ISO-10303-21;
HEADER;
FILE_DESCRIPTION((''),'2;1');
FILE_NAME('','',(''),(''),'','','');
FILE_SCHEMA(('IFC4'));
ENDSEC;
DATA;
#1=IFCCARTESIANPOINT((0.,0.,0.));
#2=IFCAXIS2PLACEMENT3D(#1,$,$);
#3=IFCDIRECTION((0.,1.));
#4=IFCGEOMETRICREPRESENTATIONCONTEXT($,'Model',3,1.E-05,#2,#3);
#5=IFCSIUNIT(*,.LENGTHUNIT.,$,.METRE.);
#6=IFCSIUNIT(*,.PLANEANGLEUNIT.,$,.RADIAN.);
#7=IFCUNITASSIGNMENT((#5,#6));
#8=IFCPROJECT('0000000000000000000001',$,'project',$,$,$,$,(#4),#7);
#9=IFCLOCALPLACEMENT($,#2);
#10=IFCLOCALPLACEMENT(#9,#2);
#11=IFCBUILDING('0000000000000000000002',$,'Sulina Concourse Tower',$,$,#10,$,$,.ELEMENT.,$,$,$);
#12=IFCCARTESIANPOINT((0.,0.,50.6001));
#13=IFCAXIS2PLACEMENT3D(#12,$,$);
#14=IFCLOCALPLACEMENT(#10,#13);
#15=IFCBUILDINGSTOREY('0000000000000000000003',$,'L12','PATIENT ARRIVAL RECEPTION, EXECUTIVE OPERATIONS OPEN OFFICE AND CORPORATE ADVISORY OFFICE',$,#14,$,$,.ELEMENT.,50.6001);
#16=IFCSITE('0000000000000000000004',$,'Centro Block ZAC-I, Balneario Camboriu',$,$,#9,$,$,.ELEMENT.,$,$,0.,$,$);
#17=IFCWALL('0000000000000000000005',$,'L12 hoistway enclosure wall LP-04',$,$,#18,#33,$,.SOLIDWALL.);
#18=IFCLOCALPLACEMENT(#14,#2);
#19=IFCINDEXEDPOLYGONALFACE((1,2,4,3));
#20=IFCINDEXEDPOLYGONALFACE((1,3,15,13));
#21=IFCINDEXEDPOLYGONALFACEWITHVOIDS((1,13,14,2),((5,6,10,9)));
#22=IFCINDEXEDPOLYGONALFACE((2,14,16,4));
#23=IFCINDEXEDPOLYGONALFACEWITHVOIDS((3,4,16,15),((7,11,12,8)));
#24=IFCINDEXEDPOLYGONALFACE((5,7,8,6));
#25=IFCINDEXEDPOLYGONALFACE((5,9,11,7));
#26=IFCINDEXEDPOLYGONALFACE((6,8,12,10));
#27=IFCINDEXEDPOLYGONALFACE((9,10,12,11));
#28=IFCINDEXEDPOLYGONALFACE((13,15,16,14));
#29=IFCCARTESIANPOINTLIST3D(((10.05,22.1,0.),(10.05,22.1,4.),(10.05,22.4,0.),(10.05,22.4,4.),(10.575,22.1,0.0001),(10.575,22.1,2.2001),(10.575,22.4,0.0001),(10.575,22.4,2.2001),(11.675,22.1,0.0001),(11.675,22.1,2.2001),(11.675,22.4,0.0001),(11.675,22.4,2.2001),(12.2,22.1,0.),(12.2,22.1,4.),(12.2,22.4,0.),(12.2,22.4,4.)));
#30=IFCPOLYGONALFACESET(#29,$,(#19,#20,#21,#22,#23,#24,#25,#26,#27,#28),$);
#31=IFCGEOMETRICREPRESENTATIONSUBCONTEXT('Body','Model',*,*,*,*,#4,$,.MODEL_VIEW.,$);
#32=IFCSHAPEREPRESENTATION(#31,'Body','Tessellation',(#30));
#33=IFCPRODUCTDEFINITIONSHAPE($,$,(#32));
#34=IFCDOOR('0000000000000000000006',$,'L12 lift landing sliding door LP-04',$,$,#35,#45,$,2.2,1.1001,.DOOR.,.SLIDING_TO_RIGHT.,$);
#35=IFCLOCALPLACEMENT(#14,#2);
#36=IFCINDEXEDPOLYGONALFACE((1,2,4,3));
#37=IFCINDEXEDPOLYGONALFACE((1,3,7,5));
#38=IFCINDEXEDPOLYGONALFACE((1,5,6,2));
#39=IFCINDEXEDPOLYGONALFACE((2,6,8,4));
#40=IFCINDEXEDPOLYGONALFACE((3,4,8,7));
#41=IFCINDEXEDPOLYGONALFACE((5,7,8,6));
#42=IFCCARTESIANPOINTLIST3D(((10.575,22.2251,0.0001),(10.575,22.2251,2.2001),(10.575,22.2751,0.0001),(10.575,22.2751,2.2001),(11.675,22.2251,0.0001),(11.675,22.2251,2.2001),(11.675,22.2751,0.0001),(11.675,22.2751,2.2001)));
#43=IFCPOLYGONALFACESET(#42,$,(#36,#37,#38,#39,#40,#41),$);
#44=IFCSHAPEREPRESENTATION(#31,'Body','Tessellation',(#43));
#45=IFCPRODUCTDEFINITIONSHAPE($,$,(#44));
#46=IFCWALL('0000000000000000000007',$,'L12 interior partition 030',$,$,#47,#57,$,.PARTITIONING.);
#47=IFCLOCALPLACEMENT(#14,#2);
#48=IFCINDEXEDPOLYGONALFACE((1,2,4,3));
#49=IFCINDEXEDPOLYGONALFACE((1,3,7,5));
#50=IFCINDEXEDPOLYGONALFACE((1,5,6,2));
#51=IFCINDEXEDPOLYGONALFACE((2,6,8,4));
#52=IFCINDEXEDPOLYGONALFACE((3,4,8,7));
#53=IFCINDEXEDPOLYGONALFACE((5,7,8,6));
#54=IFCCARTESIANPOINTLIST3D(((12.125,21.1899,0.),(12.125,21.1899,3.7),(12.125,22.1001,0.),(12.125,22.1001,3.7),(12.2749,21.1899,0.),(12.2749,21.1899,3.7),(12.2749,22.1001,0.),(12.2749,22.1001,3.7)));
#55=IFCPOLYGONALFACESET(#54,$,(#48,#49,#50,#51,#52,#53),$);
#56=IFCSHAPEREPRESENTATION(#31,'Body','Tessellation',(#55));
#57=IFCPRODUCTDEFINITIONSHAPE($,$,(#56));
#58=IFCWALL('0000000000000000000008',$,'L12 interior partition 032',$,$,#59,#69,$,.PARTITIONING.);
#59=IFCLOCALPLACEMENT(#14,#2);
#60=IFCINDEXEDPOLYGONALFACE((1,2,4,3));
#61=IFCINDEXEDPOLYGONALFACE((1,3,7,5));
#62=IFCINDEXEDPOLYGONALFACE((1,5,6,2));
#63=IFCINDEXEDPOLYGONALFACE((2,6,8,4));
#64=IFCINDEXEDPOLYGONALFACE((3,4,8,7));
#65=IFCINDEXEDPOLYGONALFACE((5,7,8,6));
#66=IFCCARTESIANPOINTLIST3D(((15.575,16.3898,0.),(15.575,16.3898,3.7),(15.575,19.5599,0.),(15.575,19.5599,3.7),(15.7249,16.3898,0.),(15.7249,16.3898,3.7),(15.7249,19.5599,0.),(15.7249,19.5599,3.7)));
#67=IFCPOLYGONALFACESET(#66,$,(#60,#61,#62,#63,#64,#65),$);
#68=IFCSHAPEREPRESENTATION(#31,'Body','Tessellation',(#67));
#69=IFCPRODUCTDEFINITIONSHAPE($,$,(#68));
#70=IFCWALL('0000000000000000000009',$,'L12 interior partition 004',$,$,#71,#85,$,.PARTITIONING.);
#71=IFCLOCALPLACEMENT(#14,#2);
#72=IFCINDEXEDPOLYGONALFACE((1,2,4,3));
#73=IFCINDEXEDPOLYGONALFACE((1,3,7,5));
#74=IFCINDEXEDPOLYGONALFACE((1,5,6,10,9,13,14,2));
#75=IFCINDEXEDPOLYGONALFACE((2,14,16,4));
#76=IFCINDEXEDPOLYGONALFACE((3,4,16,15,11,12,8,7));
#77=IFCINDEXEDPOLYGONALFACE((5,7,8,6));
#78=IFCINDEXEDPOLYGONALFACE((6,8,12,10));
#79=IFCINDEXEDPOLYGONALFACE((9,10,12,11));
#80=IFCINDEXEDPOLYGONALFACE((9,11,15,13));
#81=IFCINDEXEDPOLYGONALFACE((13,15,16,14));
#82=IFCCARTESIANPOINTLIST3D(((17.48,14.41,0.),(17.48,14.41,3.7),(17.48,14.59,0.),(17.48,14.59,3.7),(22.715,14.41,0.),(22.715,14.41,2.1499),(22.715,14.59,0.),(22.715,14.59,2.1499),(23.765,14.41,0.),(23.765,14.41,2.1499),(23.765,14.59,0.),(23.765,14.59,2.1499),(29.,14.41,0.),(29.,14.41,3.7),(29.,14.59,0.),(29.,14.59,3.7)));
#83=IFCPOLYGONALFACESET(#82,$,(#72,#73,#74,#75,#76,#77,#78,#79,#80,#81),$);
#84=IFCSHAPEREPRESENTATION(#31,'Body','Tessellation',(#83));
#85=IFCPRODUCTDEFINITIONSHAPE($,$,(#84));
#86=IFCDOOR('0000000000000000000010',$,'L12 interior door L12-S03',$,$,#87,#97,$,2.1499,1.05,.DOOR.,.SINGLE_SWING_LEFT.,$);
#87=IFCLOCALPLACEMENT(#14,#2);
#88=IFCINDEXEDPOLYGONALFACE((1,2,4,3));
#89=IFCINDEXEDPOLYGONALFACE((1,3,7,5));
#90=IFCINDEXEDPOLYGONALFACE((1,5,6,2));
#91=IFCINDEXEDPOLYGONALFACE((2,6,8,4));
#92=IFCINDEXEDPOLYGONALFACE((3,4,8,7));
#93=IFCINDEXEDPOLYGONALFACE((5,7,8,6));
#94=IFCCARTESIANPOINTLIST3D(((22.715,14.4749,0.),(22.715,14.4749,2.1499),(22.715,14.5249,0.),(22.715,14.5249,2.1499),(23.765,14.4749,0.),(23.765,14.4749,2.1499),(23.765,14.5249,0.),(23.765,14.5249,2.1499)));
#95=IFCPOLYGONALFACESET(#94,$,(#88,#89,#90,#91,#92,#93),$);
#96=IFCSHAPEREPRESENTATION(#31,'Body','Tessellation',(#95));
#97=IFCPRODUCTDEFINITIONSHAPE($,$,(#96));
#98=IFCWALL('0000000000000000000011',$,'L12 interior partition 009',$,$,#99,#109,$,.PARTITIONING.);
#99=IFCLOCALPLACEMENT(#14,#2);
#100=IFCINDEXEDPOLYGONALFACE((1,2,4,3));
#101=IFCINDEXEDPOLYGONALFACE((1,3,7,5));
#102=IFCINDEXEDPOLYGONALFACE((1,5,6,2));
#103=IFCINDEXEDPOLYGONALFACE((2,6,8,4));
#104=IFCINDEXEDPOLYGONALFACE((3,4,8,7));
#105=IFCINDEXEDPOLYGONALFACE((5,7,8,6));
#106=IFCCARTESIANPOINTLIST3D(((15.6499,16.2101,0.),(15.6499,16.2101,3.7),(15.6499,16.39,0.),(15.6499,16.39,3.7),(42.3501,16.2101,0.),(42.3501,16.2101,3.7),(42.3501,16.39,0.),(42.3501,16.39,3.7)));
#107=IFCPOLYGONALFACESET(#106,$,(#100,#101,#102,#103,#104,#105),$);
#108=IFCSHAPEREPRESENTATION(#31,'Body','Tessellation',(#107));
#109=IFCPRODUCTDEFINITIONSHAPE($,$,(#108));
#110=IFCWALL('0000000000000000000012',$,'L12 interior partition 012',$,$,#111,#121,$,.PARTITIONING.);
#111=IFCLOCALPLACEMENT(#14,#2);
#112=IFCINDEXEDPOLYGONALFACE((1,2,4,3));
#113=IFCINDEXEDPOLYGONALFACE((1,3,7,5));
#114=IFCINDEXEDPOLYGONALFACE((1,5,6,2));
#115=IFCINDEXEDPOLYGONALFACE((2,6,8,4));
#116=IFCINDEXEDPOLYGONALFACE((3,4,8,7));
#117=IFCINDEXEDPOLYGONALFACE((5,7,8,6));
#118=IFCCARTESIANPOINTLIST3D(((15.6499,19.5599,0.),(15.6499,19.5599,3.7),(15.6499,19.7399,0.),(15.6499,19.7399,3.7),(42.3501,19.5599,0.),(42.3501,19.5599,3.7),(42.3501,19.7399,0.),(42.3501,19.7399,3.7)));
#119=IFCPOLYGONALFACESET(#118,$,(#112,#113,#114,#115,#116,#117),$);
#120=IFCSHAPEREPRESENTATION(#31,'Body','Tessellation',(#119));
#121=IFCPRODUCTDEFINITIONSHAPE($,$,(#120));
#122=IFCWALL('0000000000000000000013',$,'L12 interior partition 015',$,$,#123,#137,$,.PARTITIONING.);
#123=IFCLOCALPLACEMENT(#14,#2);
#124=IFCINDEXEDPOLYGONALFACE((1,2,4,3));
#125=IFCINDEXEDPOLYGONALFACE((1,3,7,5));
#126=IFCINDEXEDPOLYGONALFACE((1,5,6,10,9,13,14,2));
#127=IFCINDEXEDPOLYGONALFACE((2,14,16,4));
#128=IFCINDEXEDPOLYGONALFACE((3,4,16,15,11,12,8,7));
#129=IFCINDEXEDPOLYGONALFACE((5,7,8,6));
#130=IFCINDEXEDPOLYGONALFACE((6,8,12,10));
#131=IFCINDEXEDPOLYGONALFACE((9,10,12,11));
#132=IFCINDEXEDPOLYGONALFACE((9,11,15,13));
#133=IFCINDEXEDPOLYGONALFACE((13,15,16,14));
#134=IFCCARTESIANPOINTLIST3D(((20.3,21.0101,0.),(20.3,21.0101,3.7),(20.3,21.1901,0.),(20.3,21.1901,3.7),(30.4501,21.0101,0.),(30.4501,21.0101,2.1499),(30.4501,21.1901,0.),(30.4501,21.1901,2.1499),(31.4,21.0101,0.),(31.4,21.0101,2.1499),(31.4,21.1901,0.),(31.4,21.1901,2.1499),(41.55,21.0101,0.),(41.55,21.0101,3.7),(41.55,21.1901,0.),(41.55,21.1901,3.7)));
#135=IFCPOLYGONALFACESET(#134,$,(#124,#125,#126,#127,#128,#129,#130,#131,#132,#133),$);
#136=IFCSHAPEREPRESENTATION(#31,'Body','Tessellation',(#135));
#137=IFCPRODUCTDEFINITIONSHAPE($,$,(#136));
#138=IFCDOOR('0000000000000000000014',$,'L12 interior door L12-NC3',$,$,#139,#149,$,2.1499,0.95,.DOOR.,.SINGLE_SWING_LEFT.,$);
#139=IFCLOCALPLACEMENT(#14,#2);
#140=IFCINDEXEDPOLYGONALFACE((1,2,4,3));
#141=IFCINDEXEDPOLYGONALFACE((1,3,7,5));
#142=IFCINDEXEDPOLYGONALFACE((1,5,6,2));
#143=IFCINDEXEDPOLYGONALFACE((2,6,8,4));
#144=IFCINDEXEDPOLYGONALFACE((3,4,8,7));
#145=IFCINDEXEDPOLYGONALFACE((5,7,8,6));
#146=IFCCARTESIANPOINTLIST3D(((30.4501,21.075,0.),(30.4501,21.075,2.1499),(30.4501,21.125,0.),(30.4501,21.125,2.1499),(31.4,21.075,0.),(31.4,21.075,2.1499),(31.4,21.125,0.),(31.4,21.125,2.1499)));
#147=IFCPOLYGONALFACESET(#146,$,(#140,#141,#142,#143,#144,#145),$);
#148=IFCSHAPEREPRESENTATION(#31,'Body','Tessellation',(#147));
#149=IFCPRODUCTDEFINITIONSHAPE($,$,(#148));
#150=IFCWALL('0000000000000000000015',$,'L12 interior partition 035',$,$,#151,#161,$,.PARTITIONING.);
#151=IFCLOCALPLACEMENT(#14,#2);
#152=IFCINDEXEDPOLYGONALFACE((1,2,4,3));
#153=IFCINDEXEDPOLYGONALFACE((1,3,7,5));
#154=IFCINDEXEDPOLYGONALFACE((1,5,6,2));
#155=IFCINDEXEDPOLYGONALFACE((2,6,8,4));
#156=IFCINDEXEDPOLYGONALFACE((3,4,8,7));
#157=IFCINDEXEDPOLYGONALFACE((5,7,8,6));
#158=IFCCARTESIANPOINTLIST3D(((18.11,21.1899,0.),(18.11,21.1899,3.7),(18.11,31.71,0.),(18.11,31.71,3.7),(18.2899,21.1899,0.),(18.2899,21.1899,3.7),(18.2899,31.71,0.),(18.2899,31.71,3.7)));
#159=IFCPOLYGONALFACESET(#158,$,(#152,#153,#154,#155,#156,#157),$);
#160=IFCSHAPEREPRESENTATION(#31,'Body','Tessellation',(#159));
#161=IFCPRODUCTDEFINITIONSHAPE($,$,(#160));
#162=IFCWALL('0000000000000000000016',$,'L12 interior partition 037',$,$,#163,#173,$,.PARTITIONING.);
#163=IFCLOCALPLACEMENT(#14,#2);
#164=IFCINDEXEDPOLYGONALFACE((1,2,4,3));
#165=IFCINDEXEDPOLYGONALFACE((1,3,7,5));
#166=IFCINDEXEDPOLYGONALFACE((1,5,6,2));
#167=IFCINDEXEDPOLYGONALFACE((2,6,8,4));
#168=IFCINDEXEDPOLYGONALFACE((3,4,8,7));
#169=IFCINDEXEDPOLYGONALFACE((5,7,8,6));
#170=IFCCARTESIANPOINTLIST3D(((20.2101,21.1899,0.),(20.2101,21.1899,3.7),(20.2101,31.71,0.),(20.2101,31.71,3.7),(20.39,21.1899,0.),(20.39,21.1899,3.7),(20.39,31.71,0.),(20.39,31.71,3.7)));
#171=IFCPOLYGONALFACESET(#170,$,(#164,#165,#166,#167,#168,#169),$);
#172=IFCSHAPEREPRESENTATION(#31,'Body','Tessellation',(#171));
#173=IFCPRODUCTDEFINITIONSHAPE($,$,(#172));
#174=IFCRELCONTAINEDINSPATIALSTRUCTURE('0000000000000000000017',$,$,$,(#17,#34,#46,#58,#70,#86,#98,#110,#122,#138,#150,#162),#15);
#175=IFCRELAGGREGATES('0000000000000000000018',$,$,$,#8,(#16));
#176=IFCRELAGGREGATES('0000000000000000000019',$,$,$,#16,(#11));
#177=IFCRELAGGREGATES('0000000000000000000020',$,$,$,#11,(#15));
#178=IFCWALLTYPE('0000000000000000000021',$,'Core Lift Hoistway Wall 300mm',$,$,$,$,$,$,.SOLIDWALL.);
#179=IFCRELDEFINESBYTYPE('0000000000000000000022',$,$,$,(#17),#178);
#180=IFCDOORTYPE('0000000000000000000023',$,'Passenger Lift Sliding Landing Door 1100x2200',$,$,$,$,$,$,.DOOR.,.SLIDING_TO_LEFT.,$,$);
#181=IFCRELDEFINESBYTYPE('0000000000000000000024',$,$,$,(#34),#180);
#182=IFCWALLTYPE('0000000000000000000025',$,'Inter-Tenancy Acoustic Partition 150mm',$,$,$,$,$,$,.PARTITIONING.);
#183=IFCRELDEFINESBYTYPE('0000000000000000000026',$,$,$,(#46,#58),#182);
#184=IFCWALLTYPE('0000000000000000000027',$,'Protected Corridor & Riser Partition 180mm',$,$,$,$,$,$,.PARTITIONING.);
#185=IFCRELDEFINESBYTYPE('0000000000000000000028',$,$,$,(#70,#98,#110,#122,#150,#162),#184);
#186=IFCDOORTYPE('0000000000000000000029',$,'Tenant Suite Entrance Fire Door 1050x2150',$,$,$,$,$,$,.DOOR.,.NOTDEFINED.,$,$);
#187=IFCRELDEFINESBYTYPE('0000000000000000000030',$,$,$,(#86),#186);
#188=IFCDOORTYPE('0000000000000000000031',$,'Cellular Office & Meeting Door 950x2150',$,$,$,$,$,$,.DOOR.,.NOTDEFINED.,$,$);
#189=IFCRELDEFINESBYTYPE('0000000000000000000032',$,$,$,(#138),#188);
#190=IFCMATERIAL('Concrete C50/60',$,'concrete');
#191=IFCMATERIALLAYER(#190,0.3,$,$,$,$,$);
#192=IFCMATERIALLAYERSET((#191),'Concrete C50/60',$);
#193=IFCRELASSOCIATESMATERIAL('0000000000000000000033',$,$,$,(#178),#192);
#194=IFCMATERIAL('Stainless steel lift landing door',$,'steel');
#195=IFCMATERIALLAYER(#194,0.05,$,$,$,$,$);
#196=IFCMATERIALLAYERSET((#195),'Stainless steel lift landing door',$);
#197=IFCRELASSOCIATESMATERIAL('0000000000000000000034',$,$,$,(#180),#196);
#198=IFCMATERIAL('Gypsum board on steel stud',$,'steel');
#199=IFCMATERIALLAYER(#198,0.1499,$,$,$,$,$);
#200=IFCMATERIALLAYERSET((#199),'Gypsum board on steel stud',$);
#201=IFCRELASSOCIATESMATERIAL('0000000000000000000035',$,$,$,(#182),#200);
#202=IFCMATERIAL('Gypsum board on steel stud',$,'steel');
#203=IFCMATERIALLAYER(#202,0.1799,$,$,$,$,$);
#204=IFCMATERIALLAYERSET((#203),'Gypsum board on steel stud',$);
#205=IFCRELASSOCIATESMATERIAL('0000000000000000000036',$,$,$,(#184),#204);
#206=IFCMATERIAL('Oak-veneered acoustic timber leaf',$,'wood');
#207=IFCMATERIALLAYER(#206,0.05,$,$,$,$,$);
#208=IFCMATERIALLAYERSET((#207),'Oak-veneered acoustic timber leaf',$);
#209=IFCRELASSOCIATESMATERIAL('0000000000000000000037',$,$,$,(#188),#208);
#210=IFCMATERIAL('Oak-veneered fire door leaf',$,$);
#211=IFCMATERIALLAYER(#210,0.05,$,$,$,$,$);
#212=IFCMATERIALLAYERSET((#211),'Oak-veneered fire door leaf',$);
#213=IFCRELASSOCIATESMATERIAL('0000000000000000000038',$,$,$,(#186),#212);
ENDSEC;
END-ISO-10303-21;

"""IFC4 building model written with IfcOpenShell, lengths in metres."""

from ifc_helpers import new_model, si_unit, direction, frame, frame_2d, origin, place, context, subcontext, project, spatial, rectangle, extrude, material, layer, layer_set, type_object, element, fill, save


model = new_model("IFC4")

# Units and contexts
model_context = context("Model", 3, precision=1e-05, world=origin(), true_north=direction((0.0, 1.0)))
body_context = subcontext(model_context, "Body", "Model", "MODEL_VIEW")
ifc_project = project(units=[si_unit("LENGTHUNIT", "METRE"), si_unit("PLANEANGLEUNIT", "RADIAN")], contexts=[model_context])

# Site, building, storey
site_placement = place(None, origin())
site = spatial("IfcSite", under=ifc_project, at=site_placement, Name="Centro Block ZAC-I, Balneario Camboriu", CompositionType="ELEMENT", RefElevation=0.0)
building_placement = place(site_placement, origin())
building = spatial("IfcBuilding", under=site, at=building_placement, Name="Sulina Concourse Tower", CompositionType="ELEMENT")
storey_placement = place(building_placement, frame((0.0, 0.0, 50.6001)))
storey = spatial("IfcBuildingStorey", under=building, at=storey_placement, Name="L12", Description="PATIENT ARRIVAL RECEPTION, EXECUTIVE OPERATIONS OPEN OFFICE AND CORPORATE ADVISORY OFFICE", CompositionType="ELEMENT", Elevation=50.6001)

# Wall, opening, door
ifc_material_1 = material(Name="Concrete C50/60", Category="concrete")
ifc_layer_1 = layer(ifc_material_1, 0.3)
ifc_layer_set_1 = layer_set([ifc_layer_1], Name="Concrete C50/60")
wall_type_1 = type_object("IfcWallType", Name="Core Lift Hoistway Wall 300mm", PredefinedType="SOLIDWALL", material=ifc_layer_set_1)
wall_1_placement = place(storey_placement, frame((12.2, 22.25, 0.0), z_axis=(0.0, 0.0, 1.0), x_axis=(-1.0, 0.0, 0.0)))
wall_1 = element("IfcWall", 1, at=wall_1_placement, inside=storey, type_object=wall_type_1, Name="L12 hoistway enclosure wall LP-04", PredefinedType="SOLIDWALL", context=body_context, shape_type="SweptSolid", body=[
    extrude(rectangle(XDim=2.1499, YDim=0.3, at=frame_2d((1.075, 0.0))), origin(), (0.0, 0.0, 1.0), 4.0),
])
opening_1_placement = place(wall_1_placement, frame((0.5249, 0.0, 0.0)))
opening_1 = element("IfcOpeningElement", 2, at=opening_1_placement, cuts=wall_1, PredefinedType="OPENING", context=body_context, shape_type="SweptSolid", body=[
    extrude(rectangle(XDim=1.1001, YDim=2.2, at=frame_2d((0.55, 1.1001))), frame((0.0, 0.1599, 0.0), z_axis=(0.0, -1.0, 0.0), x_axis=(1.0, 0.0, 0.0)), (0.0, 0.0, 1.0), 0.3201),
])
ifc_material_2 = material(Name="Stainless steel lift landing door", Category="steel")
ifc_layer_2 = layer(ifc_material_2, 0.05)
ifc_layer_set_2 = layer_set([ifc_layer_2], Name="Stainless steel lift landing door")
door_type_1 = type_object("IfcDoorType", Name="Passenger Lift Sliding Landing Door 1100x2200", OperationType="SLIDING_TO_LEFT", PredefinedType="DOOR", material=ifc_layer_set_2)
door_1_placement = place(opening_1_placement, origin())
door_1 = element("IfcDoor", 3, at=door_1_placement, inside=storey, type_object=door_type_1, Name="L12 lift landing sliding door LP-04", OperationType="SLIDING_TO_RIGHT", OverallHeight=2.2, OverallWidth=1.1001, PredefinedType="DOOR", context=body_context, shape_type="SweptSolid", body=[
    extrude(rectangle(XDim=1.1001, YDim=2.2, at=frame_2d((0.55, 1.1001))), frame((0.0, 0.0249, 0.0), z_axis=(0.0, -1.0, 0.0), x_axis=(1.0, 0.0, 0.0)), (0.0, 0.0, 1.0), 0.05),
])
fill(opening_1, door_1)

# Walls
ifc_material_3 = material(Name="Gypsum board on steel stud", Category="steel")
ifc_layer_3 = layer(ifc_material_3, 0.1499)
ifc_layer_set_3 = layer_set([ifc_layer_3], Name="Gypsum board on steel stud")
wall_type_2 = type_object("IfcWallType", Name="Inter-Tenancy Acoustic Partition 150mm", PredefinedType="PARTITIONING", material=ifc_layer_set_3)
wall_2_placement = place(storey_placement, frame((12.2, 21.1899, 0.0), z_axis=(0.0, 0.0, 1.0), x_axis=(0.0, 1.0, 0.0)))
element("IfcWall", 4, at=wall_2_placement, inside=storey, type_object=wall_type_2, Name="L12 interior partition 030", PredefinedType="PARTITIONING", context=body_context, shape_type="SweptSolid", body=[
    extrude(rectangle(XDim=0.9102, YDim=0.1499, at=frame_2d((0.4551, 0.0))), origin(), (0.0, 0.0, 1.0), 3.7),
])
wall_3_placement = place(storey_placement, frame((15.6499, 16.3899, 0.0), z_axis=(0.0, 0.0, 1.0), x_axis=(0.0, 1.0, 0.0)))
element("IfcWall", 5, at=wall_3_placement, inside=storey, type_object=wall_type_2, Name="L12 interior partition 032", PredefinedType="PARTITIONING", context=body_context, shape_type="SweptSolid", body=[
    extrude(rectangle(XDim=3.1702, YDim=0.1499, at=frame_2d((1.585, 0.0))), origin(), (0.0, 0.0, 1.0), 3.7),
])

# Wall, opening, door
ifc_material_4 = material(Name="Gypsum board on steel stud", Category="steel")
ifc_layer_4 = layer(ifc_material_4, 0.1799)
ifc_layer_set_4 = layer_set([ifc_layer_4], Name="Gypsum board on steel stud")
wall_type_3 = type_object("IfcWallType", Name="Protected Corridor & Riser Partition 180mm", PredefinedType="PARTITIONING", material=ifc_layer_set_4)
ifc_material_5 = material(Name="Oak-veneered acoustic timber leaf", Category="wood")
ifc_layer_5 = layer(ifc_material_5, 0.05)
ifc_layer_set_5 = layer_set([ifc_layer_5], Name="Oak-veneered acoustic timber leaf")
door_type_2 = type_object("IfcDoorType", Name="Cellular Office & Meeting Door 950x2150", OperationType="NOTDEFINED", PredefinedType="DOOR", material=ifc_layer_set_5)
wall_4_placement = place(storey_placement, frame((17.48, 14.5, 0.0), z_axis=(0.0, 0.0, 1.0), x_axis=(1.0, 0.0, 0.0)))
wall_4 = element("IfcWall", 6, at=wall_4_placement, inside=storey, type_object=wall_type_3, Name="L12 interior partition 004", PredefinedType="PARTITIONING", context=body_context, shape_type="SweptSolid", body=[
    extrude(rectangle(XDim=11.52, YDim=0.1799, at=frame_2d((5.76, 0.0))), origin(), (0.0, 0.0, 1.0), 3.7),
])
opening_2_placement = place(wall_4_placement, frame((5.2351, 0.0, 0.0)))
opening_2 = element("IfcOpeningElement", 7, at=opening_2_placement, cuts=wall_4, PredefinedType="OPENING", context=body_context, shape_type="SweptSolid", body=[
    extrude(rectangle(XDim=1.05, YDim=2.1499, at=frame_2d((0.5249, 1.075))), frame((0.0, 0.0999, 0.0), z_axis=(0.0, -1.0, 0.0), x_axis=(1.0, 0.0, 0.0)), (0.0, 0.0, 1.0), 0.2),
])
ifc_material_6 = material(Name="Oak-veneered fire door leaf")
ifc_layer_6 = layer(ifc_material_6, 0.05)
ifc_layer_set_6 = layer_set([ifc_layer_6], Name="Oak-veneered fire door leaf")
door_type_3 = type_object("IfcDoorType", Name="Tenant Suite Entrance Fire Door 1050x2150", OperationType="NOTDEFINED", PredefinedType="DOOR", material=ifc_layer_set_6)
door_2_placement = place(opening_2_placement, origin())
door_2 = element("IfcDoor", 8, at=door_2_placement, inside=storey, type_object=door_type_3, Name="L12 interior door L12-S03", OperationType="SINGLE_SWING_LEFT", OverallHeight=2.1499, OverallWidth=1.05, PredefinedType="DOOR", context=body_context, shape_type="SweptSolid", body=[
    extrude(rectangle(XDim=1.05, YDim=2.1499, at=frame_2d((0.5249, 1.075))), frame((0.0, 0.0249, 0.0), z_axis=(0.0, -1.0, 0.0), x_axis=(1.0, 0.0, 0.0)), (0.0, 0.0, 1.0), 0.05),
])
fill(opening_2, door_2)

# Walls
for number, where, z_axis, x_axis, name in (
    (9, (15.6499, 16.3, 0.0), (0.0, 0.0, 1.0), (1.0, 0.0, 0.0), "L12 interior partition 009"),
    (10, (15.6499, 19.6499, 0.0), (0.0, 0.0, 1.0), (1.0, 0.0, 0.0), "L12 interior partition 012"),
):
    element("IfcWall", number, at=place(storey_placement, frame(where, z_axis=z_axis, x_axis=x_axis)), inside=storey, type_object=wall_type_3, Name=name, PredefinedType="PARTITIONING", context=body_context, shape_type="SweptSolid", body=[
        extrude(rectangle(XDim=26.7002, YDim=0.1799, at=frame_2d((13.3501, 0.0))), origin(), (0.0, 0.0, 1.0), 3.7),
    ])

# Wall, opening, door
wall_5_placement = place(storey_placement, frame((20.3, 21.1001, 0.0), z_axis=(0.0, 0.0, 1.0), x_axis=(1.0, 0.0, 0.0)))
wall_5 = element("IfcWall", 11, at=wall_5_placement, inside=storey, type_object=wall_type_3, Name="L12 interior partition 015", PredefinedType="PARTITIONING", context=body_context, shape_type="SweptSolid", body=[
    extrude(rectangle(XDim=21.25, YDim=0.1799, at=frame_2d((10.625, 0.0))), origin(), (0.0, 0.0, 1.0), 3.7),
])
opening_3_placement = place(wall_5_placement, frame((10.1499, 0.0, 0.0)))
opening_3 = element("IfcOpeningElement", 12, at=opening_3_placement, cuts=wall_5, PredefinedType="OPENING", context=body_context, shape_type="SweptSolid", body=[
    extrude(rectangle(XDim=0.95, YDim=2.1499, at=frame_2d((0.4751, 1.075))), frame((0.0, 0.0999, 0.0), z_axis=(0.0, -1.0, 0.0), x_axis=(1.0, 0.0, 0.0)), (0.0, 0.0, 1.0), 0.2),
])
door_3_placement = place(opening_3_placement, origin())
door_3 = element("IfcDoor", 13, at=door_3_placement, inside=storey, type_object=door_type_2, Name="L12 interior door L12-NC3", OperationType="SINGLE_SWING_LEFT", OverallHeight=2.1499, OverallWidth=0.95, PredefinedType="DOOR", context=body_context, shape_type="SweptSolid", body=[
    extrude(rectangle(XDim=0.95, YDim=2.1499, at=frame_2d((0.4751, 1.075))), frame((0.0, 0.0249, 0.0), z_axis=(0.0, -1.0, 0.0), x_axis=(1.0, 0.0, 0.0)), (0.0, 0.0, 1.0), 0.05),
])
fill(opening_3, door_3)

# Walls
for number, where, z_axis, x_axis, name in (
    (14, (18.2, 21.1899, 0.0), (0.0, 0.0, 1.0), (0.0, 1.0, 0.0), "L12 interior partition 035"),
    (15, (20.3, 21.1899, 0.0), (0.0, 0.0, 1.0), (0.0, 1.0, 0.0), "L12 interior partition 037"),
):
    element("IfcWall", number, at=place(storey_placement, frame(where, z_axis=z_axis, x_axis=x_axis)), inside=storey, type_object=wall_type_3, Name=name, PredefinedType="PARTITIONING", context=body_context, shape_type="SweptSolid", body=[
        extrude(rectangle(XDim=10.52, YDim=0.1799, at=frame_2d((5.26, 0.0))), origin(), (0.0, 0.0, 1.0), 3.7),
    ])

save(model, "model.ifc")
